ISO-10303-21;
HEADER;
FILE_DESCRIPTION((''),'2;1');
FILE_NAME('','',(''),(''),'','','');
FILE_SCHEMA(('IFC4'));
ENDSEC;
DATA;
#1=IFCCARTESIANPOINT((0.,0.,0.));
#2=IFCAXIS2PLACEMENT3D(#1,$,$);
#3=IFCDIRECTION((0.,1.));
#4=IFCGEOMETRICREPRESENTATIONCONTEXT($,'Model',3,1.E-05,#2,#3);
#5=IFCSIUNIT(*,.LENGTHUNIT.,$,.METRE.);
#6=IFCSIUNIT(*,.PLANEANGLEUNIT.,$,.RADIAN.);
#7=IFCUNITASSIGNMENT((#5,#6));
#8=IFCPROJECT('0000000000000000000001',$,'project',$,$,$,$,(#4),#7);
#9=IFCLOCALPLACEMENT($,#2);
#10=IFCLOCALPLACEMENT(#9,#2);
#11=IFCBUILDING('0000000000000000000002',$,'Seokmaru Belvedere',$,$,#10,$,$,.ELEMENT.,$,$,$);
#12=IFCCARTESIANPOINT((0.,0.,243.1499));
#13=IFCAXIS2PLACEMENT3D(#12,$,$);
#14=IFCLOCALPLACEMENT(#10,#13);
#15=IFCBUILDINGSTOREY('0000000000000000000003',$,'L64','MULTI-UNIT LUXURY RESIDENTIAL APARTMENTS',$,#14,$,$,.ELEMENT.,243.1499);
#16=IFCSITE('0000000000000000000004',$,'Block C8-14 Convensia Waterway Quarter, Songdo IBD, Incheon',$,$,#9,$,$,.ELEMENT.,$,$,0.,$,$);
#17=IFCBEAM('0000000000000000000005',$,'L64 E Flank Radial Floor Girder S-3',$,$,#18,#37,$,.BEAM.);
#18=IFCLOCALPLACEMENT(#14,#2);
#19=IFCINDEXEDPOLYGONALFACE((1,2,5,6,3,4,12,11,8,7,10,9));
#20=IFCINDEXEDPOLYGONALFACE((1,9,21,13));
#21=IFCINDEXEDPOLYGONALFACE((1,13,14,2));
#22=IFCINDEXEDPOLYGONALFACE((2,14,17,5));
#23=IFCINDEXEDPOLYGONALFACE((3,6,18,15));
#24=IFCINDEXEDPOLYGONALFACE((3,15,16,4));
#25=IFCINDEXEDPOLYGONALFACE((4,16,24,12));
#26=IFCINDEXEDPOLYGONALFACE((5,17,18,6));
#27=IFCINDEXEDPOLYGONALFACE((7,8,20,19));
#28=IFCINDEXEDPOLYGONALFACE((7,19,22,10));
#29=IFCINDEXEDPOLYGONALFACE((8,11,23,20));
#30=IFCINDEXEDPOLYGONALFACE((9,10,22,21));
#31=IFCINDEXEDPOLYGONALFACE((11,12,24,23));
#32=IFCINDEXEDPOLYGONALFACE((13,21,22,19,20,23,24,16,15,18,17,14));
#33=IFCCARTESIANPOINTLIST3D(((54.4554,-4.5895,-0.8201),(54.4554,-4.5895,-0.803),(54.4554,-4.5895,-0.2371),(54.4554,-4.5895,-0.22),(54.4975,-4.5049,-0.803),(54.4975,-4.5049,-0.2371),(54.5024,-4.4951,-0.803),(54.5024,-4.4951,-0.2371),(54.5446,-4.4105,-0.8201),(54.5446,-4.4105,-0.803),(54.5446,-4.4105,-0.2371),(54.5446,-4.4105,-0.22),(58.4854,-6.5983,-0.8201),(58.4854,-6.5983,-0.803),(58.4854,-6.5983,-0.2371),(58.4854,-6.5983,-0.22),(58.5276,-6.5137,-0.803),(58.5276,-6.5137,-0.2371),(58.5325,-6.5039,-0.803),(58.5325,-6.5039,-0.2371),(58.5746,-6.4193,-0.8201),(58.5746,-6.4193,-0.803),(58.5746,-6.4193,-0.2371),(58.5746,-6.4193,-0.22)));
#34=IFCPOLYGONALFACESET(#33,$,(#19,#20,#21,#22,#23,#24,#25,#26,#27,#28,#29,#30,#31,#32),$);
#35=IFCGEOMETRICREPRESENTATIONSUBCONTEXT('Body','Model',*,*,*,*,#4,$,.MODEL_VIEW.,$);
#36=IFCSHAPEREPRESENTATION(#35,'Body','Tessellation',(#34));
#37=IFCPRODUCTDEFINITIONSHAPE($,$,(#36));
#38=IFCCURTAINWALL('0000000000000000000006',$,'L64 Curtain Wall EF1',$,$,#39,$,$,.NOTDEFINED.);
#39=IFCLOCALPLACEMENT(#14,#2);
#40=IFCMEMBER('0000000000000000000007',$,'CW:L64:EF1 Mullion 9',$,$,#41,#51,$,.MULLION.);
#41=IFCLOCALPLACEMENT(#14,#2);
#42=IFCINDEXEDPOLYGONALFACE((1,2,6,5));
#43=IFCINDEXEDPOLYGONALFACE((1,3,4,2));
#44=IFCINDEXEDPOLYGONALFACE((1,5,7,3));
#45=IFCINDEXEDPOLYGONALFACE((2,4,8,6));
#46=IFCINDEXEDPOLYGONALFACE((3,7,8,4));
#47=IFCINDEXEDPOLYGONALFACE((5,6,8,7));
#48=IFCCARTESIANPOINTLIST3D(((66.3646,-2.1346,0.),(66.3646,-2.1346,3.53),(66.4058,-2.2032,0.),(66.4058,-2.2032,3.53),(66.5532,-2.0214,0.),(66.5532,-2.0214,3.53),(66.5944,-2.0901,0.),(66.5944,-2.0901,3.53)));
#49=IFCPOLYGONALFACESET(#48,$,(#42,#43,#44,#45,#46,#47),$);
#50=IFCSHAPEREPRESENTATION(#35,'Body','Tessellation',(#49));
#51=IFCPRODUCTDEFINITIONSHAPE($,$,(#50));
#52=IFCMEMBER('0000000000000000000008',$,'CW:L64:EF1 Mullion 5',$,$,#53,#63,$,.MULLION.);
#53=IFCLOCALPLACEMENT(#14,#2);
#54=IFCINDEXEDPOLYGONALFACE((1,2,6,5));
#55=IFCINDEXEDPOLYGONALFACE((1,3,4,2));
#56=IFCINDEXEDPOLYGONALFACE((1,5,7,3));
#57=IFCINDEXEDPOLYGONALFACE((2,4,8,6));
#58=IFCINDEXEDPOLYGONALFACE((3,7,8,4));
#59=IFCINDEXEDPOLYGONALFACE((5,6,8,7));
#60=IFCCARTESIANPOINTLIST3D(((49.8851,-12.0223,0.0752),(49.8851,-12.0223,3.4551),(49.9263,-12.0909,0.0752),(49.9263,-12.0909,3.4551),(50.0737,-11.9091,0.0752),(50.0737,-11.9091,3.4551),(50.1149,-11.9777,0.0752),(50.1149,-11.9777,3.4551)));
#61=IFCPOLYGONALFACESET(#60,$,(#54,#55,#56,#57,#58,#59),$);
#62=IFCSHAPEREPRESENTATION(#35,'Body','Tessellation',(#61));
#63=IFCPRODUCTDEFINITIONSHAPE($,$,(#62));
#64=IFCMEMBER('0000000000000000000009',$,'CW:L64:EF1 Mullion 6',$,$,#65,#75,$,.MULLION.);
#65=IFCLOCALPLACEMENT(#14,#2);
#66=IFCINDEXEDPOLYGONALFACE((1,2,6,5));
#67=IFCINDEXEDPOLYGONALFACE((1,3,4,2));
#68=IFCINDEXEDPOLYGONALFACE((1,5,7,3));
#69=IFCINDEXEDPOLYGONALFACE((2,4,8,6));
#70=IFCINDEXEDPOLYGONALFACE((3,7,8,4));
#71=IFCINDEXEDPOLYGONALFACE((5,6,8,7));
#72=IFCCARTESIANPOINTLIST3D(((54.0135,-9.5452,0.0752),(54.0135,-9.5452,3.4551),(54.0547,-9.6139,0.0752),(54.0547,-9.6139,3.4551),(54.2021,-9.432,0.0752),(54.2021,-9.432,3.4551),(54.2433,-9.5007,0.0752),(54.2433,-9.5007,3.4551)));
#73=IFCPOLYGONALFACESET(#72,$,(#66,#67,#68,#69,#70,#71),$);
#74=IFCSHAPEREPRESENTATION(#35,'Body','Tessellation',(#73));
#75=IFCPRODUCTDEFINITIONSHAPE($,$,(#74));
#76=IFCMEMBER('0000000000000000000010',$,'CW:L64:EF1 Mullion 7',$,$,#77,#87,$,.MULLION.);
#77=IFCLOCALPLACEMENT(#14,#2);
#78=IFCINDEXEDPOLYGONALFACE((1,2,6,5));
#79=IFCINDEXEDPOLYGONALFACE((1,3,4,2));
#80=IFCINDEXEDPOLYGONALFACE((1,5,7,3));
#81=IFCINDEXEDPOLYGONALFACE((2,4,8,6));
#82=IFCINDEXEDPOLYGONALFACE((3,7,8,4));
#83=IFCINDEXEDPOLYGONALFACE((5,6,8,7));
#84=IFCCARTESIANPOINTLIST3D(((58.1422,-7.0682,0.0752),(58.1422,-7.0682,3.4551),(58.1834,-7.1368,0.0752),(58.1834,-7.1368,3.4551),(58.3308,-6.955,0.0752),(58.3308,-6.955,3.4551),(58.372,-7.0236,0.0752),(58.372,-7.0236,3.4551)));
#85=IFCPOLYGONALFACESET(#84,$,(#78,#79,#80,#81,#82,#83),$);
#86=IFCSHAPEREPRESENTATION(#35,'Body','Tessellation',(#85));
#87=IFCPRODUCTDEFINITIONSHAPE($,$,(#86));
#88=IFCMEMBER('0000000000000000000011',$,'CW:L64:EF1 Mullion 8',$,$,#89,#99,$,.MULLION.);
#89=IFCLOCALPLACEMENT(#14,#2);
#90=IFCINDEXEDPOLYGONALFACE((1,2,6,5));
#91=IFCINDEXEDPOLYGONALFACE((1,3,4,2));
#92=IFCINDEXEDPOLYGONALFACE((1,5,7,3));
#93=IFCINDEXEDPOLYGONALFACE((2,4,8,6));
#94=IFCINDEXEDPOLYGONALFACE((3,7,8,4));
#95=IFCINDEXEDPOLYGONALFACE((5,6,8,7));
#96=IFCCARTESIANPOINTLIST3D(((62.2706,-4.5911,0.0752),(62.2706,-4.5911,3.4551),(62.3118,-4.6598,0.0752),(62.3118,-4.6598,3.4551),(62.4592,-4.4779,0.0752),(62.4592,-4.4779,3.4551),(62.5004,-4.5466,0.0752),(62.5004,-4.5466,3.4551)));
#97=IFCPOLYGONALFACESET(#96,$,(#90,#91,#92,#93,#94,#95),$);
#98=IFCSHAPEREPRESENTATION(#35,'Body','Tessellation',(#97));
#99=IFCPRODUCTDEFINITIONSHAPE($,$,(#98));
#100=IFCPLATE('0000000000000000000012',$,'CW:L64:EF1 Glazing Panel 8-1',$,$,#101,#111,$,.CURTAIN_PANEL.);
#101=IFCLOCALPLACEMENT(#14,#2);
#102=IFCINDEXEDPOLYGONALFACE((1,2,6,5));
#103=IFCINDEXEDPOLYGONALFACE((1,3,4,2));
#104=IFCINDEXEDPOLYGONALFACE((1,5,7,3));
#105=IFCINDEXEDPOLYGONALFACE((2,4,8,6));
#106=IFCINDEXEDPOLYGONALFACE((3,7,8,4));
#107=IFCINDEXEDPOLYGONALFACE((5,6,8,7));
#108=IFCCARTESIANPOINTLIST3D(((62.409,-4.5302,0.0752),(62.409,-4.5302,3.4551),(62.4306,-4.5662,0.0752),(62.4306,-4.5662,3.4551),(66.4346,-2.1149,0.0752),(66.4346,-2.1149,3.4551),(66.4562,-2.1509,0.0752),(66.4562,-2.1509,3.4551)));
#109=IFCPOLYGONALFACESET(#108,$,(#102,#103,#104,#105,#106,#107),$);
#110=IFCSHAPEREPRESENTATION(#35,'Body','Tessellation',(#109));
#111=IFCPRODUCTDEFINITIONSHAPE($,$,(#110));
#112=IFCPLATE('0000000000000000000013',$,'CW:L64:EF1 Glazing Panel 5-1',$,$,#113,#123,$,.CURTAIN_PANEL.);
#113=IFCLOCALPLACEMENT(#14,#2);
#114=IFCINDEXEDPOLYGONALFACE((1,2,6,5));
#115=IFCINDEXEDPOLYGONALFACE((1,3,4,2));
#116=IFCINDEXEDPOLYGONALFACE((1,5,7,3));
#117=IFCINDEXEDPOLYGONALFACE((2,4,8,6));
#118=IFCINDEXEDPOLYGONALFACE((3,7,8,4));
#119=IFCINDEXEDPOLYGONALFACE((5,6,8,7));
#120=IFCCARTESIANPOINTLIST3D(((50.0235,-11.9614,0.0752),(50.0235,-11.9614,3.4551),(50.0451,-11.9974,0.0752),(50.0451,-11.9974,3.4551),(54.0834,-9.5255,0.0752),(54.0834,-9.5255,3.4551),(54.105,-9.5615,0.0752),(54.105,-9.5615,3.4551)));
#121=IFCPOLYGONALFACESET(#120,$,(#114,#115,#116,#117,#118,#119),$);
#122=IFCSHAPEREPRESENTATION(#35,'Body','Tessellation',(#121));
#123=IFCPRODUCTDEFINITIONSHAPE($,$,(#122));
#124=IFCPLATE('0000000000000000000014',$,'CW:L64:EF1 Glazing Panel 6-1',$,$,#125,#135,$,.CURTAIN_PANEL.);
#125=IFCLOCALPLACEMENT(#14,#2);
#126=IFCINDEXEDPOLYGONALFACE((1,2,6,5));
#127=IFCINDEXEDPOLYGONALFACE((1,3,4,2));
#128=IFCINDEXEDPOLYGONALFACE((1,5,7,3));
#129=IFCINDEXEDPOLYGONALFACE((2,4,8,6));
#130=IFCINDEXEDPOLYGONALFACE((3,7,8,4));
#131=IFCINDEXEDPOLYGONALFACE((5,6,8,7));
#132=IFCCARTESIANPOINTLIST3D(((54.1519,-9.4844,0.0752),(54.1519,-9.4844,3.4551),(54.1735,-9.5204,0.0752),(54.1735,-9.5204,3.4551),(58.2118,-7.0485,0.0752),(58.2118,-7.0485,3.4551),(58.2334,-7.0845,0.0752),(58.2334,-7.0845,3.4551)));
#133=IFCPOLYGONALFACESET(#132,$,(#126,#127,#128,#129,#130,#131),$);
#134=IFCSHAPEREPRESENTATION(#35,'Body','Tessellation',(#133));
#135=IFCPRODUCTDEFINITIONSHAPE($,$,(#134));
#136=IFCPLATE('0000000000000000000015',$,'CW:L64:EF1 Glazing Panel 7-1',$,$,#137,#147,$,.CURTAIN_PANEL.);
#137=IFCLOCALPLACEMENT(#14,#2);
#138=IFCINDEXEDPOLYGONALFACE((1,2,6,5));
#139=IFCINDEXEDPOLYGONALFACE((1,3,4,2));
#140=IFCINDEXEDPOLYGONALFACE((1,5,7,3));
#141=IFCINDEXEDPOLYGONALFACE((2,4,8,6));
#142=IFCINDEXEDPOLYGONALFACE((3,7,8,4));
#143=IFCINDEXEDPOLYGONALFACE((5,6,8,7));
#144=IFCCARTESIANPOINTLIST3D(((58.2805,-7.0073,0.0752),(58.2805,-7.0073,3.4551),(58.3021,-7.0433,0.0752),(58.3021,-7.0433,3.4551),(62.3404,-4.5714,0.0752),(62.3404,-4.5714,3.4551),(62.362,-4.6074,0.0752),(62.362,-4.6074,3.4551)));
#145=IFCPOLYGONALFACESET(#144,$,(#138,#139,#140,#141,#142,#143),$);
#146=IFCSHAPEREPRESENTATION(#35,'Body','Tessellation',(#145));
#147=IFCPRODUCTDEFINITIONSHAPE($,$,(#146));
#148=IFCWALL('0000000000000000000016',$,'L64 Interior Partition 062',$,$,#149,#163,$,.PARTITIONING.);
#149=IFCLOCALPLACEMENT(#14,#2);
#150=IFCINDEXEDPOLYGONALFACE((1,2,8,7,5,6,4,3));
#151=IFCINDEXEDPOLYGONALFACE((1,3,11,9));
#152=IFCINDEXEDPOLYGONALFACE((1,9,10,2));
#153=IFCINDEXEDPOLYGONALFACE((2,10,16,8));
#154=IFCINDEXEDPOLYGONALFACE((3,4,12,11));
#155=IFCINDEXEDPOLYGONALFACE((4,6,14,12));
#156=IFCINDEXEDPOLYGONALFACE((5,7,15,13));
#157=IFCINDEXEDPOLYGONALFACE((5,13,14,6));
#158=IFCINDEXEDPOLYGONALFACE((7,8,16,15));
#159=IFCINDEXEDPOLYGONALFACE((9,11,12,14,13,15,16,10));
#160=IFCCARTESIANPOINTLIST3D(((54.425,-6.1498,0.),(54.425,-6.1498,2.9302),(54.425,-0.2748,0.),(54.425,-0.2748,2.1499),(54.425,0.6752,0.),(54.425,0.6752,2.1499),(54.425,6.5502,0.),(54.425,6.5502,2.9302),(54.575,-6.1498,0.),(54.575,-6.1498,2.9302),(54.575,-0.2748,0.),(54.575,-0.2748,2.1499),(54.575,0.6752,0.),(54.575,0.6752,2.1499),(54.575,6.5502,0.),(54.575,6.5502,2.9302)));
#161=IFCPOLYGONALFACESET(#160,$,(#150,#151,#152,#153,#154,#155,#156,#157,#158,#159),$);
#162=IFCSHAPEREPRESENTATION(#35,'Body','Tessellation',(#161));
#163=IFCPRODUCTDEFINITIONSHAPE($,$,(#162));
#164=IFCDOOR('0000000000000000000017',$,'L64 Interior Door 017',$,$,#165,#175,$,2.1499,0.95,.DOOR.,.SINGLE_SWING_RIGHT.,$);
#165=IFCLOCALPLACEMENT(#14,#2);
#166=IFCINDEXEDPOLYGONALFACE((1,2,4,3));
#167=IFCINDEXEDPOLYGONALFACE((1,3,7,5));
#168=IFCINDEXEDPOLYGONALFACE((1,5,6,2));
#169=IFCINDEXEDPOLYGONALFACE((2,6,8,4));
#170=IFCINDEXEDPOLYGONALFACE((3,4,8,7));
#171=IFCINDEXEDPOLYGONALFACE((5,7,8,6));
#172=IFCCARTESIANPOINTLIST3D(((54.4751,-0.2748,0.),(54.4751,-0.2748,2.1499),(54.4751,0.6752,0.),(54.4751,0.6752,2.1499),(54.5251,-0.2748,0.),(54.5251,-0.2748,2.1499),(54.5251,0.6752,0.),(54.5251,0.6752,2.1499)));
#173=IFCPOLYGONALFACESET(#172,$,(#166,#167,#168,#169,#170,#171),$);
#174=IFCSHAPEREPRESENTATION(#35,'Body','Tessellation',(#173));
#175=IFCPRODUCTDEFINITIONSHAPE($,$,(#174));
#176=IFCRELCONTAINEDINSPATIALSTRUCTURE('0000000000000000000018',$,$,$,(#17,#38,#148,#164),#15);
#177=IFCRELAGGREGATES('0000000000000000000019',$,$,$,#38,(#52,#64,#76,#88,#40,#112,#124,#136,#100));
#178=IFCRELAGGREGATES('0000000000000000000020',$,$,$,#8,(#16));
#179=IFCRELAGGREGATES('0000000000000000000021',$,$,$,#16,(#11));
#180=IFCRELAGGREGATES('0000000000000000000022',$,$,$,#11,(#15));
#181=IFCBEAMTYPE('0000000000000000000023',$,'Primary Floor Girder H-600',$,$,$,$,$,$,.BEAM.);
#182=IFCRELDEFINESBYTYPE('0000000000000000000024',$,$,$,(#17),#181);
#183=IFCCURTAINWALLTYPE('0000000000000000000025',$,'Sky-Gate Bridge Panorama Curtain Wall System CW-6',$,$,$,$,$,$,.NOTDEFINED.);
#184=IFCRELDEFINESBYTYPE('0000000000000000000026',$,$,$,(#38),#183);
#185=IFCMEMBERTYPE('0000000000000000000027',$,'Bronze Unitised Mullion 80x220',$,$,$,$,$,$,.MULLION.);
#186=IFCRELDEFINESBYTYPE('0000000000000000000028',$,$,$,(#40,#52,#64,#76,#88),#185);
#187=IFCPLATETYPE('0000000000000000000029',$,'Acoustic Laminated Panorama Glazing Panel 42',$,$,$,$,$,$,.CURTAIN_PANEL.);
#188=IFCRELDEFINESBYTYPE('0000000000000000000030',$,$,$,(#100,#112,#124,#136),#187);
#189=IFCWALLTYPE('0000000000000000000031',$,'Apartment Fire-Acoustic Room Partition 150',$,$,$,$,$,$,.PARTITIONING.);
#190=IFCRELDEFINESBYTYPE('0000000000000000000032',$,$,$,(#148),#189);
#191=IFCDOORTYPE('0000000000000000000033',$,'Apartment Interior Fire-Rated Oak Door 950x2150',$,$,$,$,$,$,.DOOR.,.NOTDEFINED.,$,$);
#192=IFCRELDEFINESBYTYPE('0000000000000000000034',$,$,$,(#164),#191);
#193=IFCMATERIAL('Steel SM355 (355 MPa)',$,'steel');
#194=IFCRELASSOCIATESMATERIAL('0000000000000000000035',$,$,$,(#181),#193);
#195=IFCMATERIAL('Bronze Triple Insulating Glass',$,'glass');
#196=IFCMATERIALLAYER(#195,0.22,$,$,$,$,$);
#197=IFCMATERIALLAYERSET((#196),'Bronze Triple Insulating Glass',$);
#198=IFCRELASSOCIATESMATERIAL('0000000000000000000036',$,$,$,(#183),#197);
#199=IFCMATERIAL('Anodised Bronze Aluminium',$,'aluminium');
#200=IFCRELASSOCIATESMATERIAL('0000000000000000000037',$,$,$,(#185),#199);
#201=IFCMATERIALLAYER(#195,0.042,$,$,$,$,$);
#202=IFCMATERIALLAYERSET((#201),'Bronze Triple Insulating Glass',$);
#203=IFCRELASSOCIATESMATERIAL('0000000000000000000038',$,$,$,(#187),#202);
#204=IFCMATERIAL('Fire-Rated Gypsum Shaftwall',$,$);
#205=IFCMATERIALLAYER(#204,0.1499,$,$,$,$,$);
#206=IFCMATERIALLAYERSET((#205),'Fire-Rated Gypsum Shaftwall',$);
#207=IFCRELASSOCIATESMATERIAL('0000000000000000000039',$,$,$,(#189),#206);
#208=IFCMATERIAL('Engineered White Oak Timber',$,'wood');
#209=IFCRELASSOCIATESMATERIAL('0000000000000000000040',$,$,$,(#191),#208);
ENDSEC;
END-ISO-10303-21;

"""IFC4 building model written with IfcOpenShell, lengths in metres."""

from ifc_helpers import new_model, si_unit, direction, frame, frame_2d, origin, origin_2d, place, context, subcontext, project, spatial, rectangle, i_section, extrude, source, transform, mapped, material, layer, layer_set, material_profile, profile_set, type_object, type_shapes, element, fill, aggregate, save


model = new_model("IFC4")

# Units and contexts
model_context = context("Model", 3, precision=1e-05, world=origin(), true_north=direction((0.0, 1.0)))
body_context = subcontext(model_context, "Body", "Model", "MODEL_VIEW")
ifc_project = project(units=[si_unit("LENGTHUNIT", "METRE"), si_unit("PLANEANGLEUNIT", "RADIAN")], contexts=[model_context])

# Site, building, storey
site_placement = place(None, origin())
site = spatial("IfcSite", under=ifc_project, at=site_placement, Name="Block C8-14 Convensia Waterway Quarter, Songdo IBD, Incheon", CompositionType="ELEMENT", RefElevation=0.0)
building_placement = place(site_placement, origin())
building = spatial("IfcBuilding", under=site, at=building_placement, Name="Seokmaru Belvedere", CompositionType="ELEMENT")
storey_placement = place(building_placement, frame((0.0, 0.0, 243.1499)))
storey = spatial("IfcBuildingStorey", under=building, at=storey_placement, Name="L64", Description="MULTI-UNIT LUXURY RESIDENTIAL APARTMENTS", CompositionType="ELEMENT", Elevation=243.1499)

# Shared definitions
ifc_material_1 = material(Name="Steel SM355 (355 MPa)", Category="steel")

# Beam
ifc_material_profile_1 = material_profile(ifc_material_1, i_section(OverallWidth=0.2, OverallDepth=0.6001, WebThickness=0.011, FlangeThickness=0.0171, at=origin_2d()), Name="H-600x200x11x17")
ifc_profile_set_1 = profile_set([ifc_material_profile_1], Name="Steel SM355 (355 MPa)")
beam_type_1 = type_object("IfcBeamType", Name="Primary Floor Girder H-600", PredefinedType="BEAM", material=ifc_profile_set_1)
shared_shape_1 = source(origin(), body_context, "Body", "SweptSolid", [
    extrude(i_section(OverallWidth=0.2, OverallDepth=0.6001, WebThickness=0.011, FlangeThickness=0.0171, at=origin_2d()), origin(), (0.0, 0.0, 1.0), 4.5029),
])
beam_1_placement = place(storey_placement, frame((58.53, -6.5088, -0.52), z_axis=(-0.89498, 0.446107, 0.0), x_axis=(-0.446107, -0.89498, 0.0)))
element("IfcBeam", 1, at=beam_1_placement, inside=storey, type_object=beam_type_1, Name="L64 E Flank Radial Floor Girder S-3", PredefinedType="BEAM", context=body_context, shape_type="MappedRepresentation", body=[
    mapped(shared_shape_1, transform((0.0, 0.0, 0.0), scale=1.0)),
])

# Curtain wall, members, plates
ifc_material_2 = material(Name="Bronze Triple Insulating Glass", Category="glass")
ifc_layer_1 = layer(ifc_material_2, 0.22)
ifc_layer_set_1 = layer_set([ifc_layer_1], Name="Bronze Triple Insulating Glass")
curtain_wall_type = type_object("IfcCurtainWallType", Name="Sky-Gate Bridge Panorama Curtain Wall System CW-6", PredefinedType="NOTDEFINED", material=ifc_layer_set_1)
curtain_wall_placement = place(storey_placement, origin())
curtain_wall = element("IfcCurtainWall", 2, at=curtain_wall_placement, inside=storey, type_object=curtain_wall_type, Name="L64 Curtain Wall EF1", PredefinedType="NOTDEFINED")
ifc_material_3 = material(Name="Anodised Bronze Aluminium", Category="aluminium")
ifc_material_profile_2 = material_profile(ifc_material_3, rectangle(XDim=0.0801, YDim=0.22, at=origin_2d()), Name="CW-M-80x220")
ifc_profile_set_2 = profile_set([ifc_material_profile_2], Name="Anodised Bronze Aluminium")
member_type = type_object("IfcMemberType", Name="Bronze Unitised Mullion 80x220", PredefinedType="MULLION", material=ifc_profile_set_2)
shared_shape_2 = source(origin(), body_context, "Body", "SweptSolid", [
    extrude(rectangle(XDim=0.0801, YDim=0.22, at=origin_2d()), origin(), (0.0, 0.0, 1.0), 3.53),
])
member_1_placement = place(storey_placement, frame((66.4795, -2.1123, 0.0), z_axis=(0.0, 0.0, 1.0), x_axis=(-0.514495, 0.857493, 0.0)))
member_1 = element("IfcMember", 3, at=member_1_placement, type_object=member_type, Name="CW:L64:EF1 Mullion 9", PredefinedType="MULLION", context=body_context, shape_type="MappedRepresentation", body=[
    mapped(shared_shape_2, transform((0.0, 0.0, 0.0), scale=1.0)),
])
shared_shape_3 = source(origin(), body_context, "Body", "SweptSolid", [
    extrude(rectangle(XDim=0.0801, YDim=0.22, at=origin_2d()), origin(), (0.0, 0.0, 1.0), 3.3799),
])
type_shapes(member_type, [shared_shape_2, shared_shape_3])
member_2_placement = place(storey_placement, frame((50.0, -12.0, 0.0752), z_axis=(0.0, 0.0, 1.0), x_axis=(-0.514495, 0.857493, 0.0)))
member_2 = element("IfcMember", 4, at=member_2_placement, type_object=member_type, Name="CW:L64:EF1 Mullion 5", PredefinedType="MULLION", context=body_context, shape_type="MappedRepresentation", body=[
    mapped(shared_shape_3, transform((0.0, 0.0, 0.0), scale=1.0)),
])
member_3_placement = place(storey_placement, frame((54.1284, -9.5229, 0.0752), z_axis=(0.0, 0.0, 1.0), x_axis=(-0.514495, 0.857493, 0.0)))
member_3 = element("IfcMember", 5, at=member_3_placement, type_object=member_type, Name="CW:L64:EF1 Mullion 6", PredefinedType="MULLION", context=body_context, shape_type="MappedRepresentation", body=[
    mapped(shared_shape_3, transform((0.0, 0.0, 0.0), scale=1.0)),
])
member_4_placement = place(storey_placement, frame((58.2571, -7.0459, 0.0752), z_axis=(0.0, 0.0, 1.0), x_axis=(-0.514495, 0.857493, 0.0)))
member_4 = element("IfcMember", 6, at=member_4_placement, type_object=member_type, Name="CW:L64:EF1 Mullion 7", PredefinedType="MULLION", context=body_context, shape_type="MappedRepresentation", body=[
    mapped(shared_shape_3, transform((0.0, 0.0, 0.0), scale=1.0)),
])
member_5_placement = place(storey_placement, frame((62.3855, -4.5688, 0.0752), z_axis=(0.0, 0.0, 1.0), x_axis=(-0.514495, 0.857493, 0.0)))
member_5 = element("IfcMember", 7, at=member_5_placement, type_object=member_type, Name="CW:L64:EF1 Mullion 8", PredefinedType="MULLION", context=body_context, shape_type="MappedRepresentation", body=[
    mapped(shared_shape_3, transform((0.0, 0.0, 0.0), scale=1.0)),
])
ifc_layer_2 = layer(ifc_material_2, 0.042)
ifc_layer_set_2 = layer_set([ifc_layer_2], Name="Bronze Triple Insulating Glass")
plate_type = type_object("IfcPlateType", Name="Acoustic Laminated Panorama Glazing Panel 42", PredefinedType="CURTAIN_PANEL", material=ifc_layer_set_2)
shared_shape_4 = source(origin(), body_context, "Body", "SweptSolid", [
    extrude(rectangle(XDim=4.6946, YDim=0.042, at=origin_2d()), origin(), (0.0, 0.0, 1.0), 3.3799),
])
plate_1_placement = place(storey_placement, frame((64.4326, -3.3406, 0.0752), z_axis=(0.0, 0.0, 1.0), x_axis=(0.857493, 0.514495, 0.0)))
plate_1 = element("IfcPlate", 8, at=plate_1_placement, type_object=plate_type, Name="CW:L64:EF1 Glazing Panel 8-1", PredefinedType="CURTAIN_PANEL", context=body_context, shape_type="MappedRepresentation", body=[
    mapped(shared_shape_4, transform((0.0, 0.0, 0.0), scale=1.0)),
])
shared_shape_5 = source(origin(), body_context, "Body", "SweptSolid", [
    extrude(rectangle(XDim=4.7346, YDim=0.042, at=origin_2d()), origin(), (0.0, 0.0, 1.0), 3.3799),
])
type_shapes(plate_type, [shared_shape_4, shared_shape_5])
plate_2_placement = place(storey_placement, frame((52.0642, -10.7615, 0.0752), z_axis=(0.0, 0.0, 1.0), x_axis=(0.857493, 0.514495, 0.0)))
plate_2 = element("IfcPlate", 9, at=plate_2_placement, type_object=plate_type, Name="CW:L64:EF1 Glazing Panel 5-1", PredefinedType="CURTAIN_PANEL", context=body_context, shape_type="MappedRepresentation", body=[
    mapped(shared_shape_5, transform((0.0, 0.0, 0.0), scale=1.0)),
])
plate_3_placement = place(storey_placement, frame((56.1926, -8.2844, 0.0752), z_axis=(0.0, 0.0, 1.0), x_axis=(0.857493, 0.514495, 0.0)))
plate_3 = element("IfcPlate", 10, at=plate_3_placement, type_object=plate_type, Name="CW:L64:EF1 Glazing Panel 6-1", PredefinedType="CURTAIN_PANEL", context=body_context, shape_type="MappedRepresentation", body=[
    mapped(shared_shape_5, transform((0.0, 0.0, 0.0), scale=1.0)),
])
plate_4_placement = place(storey_placement, frame((60.3213, -5.8074, 0.0752), z_axis=(0.0, 0.0, 1.0), x_axis=(0.857493, 0.514495, 0.0)))
plate_4 = element("IfcPlate", 11, at=plate_4_placement, type_object=plate_type, Name="CW:L64:EF1 Glazing Panel 7-1", PredefinedType="CURTAIN_PANEL", context=body_context, shape_type="MappedRepresentation", body=[
    mapped(shared_shape_5, transform((0.0, 0.0, 0.0), scale=1.0)),
])
aggregate(curtain_wall, [member_2, member_3, member_4, member_5, member_1, plate_2, plate_3, plate_4, plate_1])

# Wall, opening, door
ifc_material_4 = material(Name="Fire-Rated Gypsum Shaftwall")
ifc_layer_3 = layer(ifc_material_4, 0.1499)
ifc_layer_set_3 = layer_set([ifc_layer_3], Name="Fire-Rated Gypsum Shaftwall")
wall_type_1 = type_object("IfcWallType", Name="Apartment Fire-Acoustic Room Partition 150", PredefinedType="PARTITIONING", material=ifc_layer_set_3)
wall_1_placement = place(storey_placement, frame((54.5, -6.1499, 0.0), z_axis=(0.0, 0.0, 1.0), x_axis=(0.0, 1.0, 0.0)))
wall_1 = element("IfcWall", 12, at=wall_1_placement, inside=storey, type_object=wall_type_1, Name="L64 Interior Partition 062", PredefinedType="PARTITIONING", context=body_context, shape_type="SweptSolid", body=[
    extrude(rectangle(XDim=12.7, YDim=0.1499, at=frame_2d((6.3501, 0.0))), origin(), (0.0, 0.0, 1.0), 2.9302),
])
opening_placement = place(wall_1_placement, frame((5.875, 0.0, 0.0)))
opening = element("IfcOpeningElement", 13, at=opening_placement, cuts=wall_1, PredefinedType="OPENING", context=body_context, shape_type="SweptSolid", body=[
    extrude(rectangle(XDim=0.95, YDim=2.1499, at=frame_2d((0.4751, 1.075))), frame((0.0, 0.085, 0.0), z_axis=(0.0, -1.0, 0.0), x_axis=(1.0, 0.0, 0.0)), (0.0, 0.0, 1.0), 0.1699),
])
ifc_material_5 = material(Name="Engineered White Oak Timber", Category="wood")
door_type = type_object("IfcDoorType", Name="Apartment Interior Fire-Rated Oak Door 950x2150", OperationType="NOTDEFINED", PredefinedType="DOOR", material=ifc_material_5)
shared_shape_6 = source(origin(), body_context, "Body", "SweptSolid", [
    extrude(rectangle(XDim=0.95, YDim=2.1499, at=frame_2d((0.4751, 1.075))), frame((0.0, 0.0249, 0.0), z_axis=(0.0, -1.0, 0.0), x_axis=(1.0, 0.0, 0.0)), (0.0, 0.0, 1.0), 0.05),
])
type_shapes(door_type, [shared_shape_6])
door_placement = place(opening_placement, origin())
door = element("IfcDoor", 14, at=door_placement, inside=storey, type_object=door_type, Name="L64 Interior Door 017", OperationType="SINGLE_SWING_RIGHT", OverallHeight=2.1499, OverallWidth=0.95, PredefinedType="DOOR", context=body_context, shape_type="MappedRepresentation", body=[
    mapped(shared_shape_6, transform((0.0, 0.0, 0.0), scale=1.0)),
])
fill(opening, door)

save(model, "model.ifc")
